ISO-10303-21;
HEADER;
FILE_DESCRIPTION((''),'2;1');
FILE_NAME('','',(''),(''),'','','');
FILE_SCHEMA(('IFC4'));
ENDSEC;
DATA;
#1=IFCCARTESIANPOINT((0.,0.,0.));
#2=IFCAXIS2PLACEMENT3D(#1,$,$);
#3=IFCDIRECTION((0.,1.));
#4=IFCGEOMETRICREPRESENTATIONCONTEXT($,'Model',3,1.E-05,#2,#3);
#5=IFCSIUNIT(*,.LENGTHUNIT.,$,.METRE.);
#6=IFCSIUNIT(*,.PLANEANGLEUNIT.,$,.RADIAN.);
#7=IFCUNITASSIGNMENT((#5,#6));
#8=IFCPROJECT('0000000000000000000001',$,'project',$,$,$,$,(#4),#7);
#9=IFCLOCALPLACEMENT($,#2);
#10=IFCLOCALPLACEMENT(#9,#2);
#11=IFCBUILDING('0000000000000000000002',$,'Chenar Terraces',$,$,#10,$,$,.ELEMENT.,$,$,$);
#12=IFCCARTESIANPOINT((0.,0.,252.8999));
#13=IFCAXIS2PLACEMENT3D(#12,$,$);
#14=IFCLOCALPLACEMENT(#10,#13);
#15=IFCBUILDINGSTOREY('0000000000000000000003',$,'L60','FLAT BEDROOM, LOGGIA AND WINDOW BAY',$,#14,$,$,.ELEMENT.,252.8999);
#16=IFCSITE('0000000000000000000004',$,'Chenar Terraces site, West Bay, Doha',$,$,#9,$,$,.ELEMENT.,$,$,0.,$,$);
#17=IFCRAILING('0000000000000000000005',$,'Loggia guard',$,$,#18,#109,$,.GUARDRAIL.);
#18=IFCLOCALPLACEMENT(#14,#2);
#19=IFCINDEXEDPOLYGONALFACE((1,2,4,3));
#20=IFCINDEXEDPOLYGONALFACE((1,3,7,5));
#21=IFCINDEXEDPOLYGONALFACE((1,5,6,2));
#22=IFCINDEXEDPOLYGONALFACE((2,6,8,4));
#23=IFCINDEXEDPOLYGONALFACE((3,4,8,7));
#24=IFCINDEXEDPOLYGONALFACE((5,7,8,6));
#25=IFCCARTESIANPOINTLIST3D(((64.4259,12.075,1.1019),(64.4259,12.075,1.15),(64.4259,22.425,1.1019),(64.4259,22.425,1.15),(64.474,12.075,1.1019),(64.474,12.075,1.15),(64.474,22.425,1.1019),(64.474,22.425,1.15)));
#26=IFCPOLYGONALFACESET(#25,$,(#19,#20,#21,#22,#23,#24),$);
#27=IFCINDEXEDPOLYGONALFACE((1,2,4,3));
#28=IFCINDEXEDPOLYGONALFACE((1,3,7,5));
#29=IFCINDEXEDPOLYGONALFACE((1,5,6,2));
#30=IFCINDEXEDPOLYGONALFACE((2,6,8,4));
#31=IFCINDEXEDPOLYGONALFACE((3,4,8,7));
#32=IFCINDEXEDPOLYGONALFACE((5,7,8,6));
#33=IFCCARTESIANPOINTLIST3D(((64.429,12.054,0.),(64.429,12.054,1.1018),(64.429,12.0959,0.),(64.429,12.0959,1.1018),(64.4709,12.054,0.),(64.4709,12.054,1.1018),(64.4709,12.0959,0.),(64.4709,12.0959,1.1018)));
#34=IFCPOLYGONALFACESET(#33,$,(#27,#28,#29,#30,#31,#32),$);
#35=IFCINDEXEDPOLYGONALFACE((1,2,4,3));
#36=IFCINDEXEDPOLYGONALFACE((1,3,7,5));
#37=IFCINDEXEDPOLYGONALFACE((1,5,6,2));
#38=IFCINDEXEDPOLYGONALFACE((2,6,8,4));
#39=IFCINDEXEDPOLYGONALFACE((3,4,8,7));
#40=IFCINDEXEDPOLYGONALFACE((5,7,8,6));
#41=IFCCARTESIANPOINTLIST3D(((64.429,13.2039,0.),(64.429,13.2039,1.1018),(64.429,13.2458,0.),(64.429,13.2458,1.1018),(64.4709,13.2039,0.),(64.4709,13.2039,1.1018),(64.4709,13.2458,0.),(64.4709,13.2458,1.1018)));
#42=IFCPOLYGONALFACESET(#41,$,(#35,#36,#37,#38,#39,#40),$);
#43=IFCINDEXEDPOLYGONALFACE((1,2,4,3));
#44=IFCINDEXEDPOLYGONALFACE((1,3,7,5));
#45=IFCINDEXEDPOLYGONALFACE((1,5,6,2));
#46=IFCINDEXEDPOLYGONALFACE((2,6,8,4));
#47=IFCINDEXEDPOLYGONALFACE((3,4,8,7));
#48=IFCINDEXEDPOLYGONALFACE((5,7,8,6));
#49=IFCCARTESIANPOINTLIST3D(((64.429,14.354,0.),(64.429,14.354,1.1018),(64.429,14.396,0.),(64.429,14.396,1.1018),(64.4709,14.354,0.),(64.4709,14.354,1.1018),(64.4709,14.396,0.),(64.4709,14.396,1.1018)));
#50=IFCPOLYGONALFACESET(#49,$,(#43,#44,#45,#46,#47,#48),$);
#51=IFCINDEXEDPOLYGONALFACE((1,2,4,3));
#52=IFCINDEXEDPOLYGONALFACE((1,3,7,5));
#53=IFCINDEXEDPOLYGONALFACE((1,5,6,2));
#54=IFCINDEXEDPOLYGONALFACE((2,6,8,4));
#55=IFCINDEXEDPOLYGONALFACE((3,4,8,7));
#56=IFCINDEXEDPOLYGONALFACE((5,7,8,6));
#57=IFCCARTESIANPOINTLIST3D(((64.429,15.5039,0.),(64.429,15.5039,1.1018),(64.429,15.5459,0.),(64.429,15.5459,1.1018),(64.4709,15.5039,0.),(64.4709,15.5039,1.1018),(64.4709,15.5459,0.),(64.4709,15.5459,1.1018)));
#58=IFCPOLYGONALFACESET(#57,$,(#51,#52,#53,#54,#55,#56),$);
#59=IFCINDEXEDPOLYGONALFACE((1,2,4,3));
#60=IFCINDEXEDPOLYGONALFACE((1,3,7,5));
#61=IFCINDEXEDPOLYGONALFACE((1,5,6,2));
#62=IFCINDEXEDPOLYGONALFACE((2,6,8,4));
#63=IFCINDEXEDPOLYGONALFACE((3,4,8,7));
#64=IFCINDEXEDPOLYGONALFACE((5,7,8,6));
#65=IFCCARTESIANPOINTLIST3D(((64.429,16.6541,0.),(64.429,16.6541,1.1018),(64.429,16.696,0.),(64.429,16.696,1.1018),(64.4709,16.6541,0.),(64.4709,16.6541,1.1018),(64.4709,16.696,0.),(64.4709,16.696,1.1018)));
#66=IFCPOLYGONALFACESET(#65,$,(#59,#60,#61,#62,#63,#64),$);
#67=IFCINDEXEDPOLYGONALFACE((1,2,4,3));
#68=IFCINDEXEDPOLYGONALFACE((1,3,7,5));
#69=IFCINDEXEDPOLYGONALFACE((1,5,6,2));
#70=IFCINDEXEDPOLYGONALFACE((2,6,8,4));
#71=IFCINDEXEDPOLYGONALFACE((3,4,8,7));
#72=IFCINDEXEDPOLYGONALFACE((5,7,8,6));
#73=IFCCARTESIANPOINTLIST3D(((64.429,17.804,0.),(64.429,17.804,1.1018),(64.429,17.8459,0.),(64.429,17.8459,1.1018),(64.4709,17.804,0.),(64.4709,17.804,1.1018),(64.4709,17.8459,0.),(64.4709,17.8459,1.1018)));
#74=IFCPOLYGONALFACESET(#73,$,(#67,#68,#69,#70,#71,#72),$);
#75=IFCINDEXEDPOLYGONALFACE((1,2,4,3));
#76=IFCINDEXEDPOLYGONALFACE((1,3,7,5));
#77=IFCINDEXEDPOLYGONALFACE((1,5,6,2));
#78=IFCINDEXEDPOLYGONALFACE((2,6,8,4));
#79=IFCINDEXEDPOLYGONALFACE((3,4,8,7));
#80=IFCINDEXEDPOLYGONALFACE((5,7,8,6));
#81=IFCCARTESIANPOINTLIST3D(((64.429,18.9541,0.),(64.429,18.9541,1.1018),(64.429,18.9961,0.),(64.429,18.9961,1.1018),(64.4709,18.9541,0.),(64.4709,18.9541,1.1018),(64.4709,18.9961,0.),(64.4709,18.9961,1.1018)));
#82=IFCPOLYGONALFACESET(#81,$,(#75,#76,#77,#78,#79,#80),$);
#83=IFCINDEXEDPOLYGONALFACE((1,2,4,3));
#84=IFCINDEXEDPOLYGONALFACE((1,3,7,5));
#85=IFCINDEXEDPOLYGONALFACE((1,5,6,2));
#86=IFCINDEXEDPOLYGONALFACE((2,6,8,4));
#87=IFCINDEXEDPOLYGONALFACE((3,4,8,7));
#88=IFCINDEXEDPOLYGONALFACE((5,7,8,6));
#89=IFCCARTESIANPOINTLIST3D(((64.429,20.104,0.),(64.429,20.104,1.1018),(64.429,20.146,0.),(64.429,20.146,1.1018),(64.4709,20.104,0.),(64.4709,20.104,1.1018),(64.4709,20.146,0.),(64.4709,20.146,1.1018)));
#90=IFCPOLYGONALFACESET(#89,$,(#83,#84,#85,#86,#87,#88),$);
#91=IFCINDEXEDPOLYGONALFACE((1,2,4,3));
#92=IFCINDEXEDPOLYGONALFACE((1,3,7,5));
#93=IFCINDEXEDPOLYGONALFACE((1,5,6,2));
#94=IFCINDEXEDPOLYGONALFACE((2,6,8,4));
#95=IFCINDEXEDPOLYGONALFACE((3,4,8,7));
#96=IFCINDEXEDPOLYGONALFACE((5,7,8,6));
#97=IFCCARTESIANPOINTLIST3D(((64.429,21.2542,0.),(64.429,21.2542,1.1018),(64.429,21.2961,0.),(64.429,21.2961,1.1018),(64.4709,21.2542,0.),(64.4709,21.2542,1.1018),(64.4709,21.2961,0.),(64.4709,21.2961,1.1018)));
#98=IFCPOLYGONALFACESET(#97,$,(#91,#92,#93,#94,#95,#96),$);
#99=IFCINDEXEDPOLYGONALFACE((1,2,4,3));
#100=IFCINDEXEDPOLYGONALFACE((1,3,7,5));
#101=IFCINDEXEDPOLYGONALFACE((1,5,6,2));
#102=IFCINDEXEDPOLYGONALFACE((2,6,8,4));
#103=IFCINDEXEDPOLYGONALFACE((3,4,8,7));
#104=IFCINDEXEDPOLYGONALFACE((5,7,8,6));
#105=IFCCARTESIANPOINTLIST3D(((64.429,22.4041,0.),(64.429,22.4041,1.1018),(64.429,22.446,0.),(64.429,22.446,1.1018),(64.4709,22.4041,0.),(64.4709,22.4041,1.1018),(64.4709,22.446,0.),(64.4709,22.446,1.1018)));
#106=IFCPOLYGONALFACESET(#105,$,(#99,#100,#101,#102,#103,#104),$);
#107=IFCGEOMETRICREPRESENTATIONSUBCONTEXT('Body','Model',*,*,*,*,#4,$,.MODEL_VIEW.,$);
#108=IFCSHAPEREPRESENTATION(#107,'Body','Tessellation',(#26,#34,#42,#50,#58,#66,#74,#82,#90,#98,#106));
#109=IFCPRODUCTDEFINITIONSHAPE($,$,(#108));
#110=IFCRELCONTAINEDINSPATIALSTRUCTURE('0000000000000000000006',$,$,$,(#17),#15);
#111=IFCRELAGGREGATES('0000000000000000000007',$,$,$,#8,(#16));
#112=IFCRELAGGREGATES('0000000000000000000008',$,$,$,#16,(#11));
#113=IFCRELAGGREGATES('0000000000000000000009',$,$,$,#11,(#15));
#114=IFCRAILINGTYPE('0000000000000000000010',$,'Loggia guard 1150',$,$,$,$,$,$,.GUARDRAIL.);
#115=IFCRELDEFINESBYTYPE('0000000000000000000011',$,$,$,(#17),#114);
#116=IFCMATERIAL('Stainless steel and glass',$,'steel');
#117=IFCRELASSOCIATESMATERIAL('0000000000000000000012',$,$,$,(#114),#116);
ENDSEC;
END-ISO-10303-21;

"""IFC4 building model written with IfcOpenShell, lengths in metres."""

from ifc_helpers import new_model, si_unit, direction, frame, origin, origin_2d, place, context, subcontext, project, spatial, rectangle, extrude, material, type_object, element, save


model = new_model("IFC4")

# Units and contexts
model_context = context("Model", 3, precision=1e-05, world=origin(), true_north=direction((0.0, 1.0)))
body_context = subcontext(model_context, "Body", "Model", "MODEL_VIEW")
ifc_project = project(units=[si_unit("LENGTHUNIT", "METRE"), si_unit("PLANEANGLEUNIT", "RADIAN")], contexts=[model_context])

# Site, building, storey
site_placement = place(None, origin())
site = spatial("IfcSite", under=ifc_project, at=site_placement, Name="Chenar Terraces site, West Bay, Doha", CompositionType="ELEMENT", RefElevation=0.0)
building_placement = place(site_placement, origin())
building = spatial("IfcBuilding", under=site, at=building_placement, Name="Chenar Terraces", CompositionType="ELEMENT")
storey_placement = place(building_placement, frame((0.0, 0.0, 252.8999)))
storey = spatial("IfcBuildingStorey", under=building, at=storey_placement, Name="L60", Description="FLAT BEDROOM, LOGGIA AND WINDOW BAY", CompositionType="ELEMENT", Elevation=252.8999)

# Railing
ifc_material_1 = material(Name="Stainless steel and glass", Category="steel")
railing_type = type_object("IfcRailingType", Name="Loggia guard 1150", PredefinedType="GUARDRAIL", material=ifc_material_1)
railing_placement = place(storey_placement, frame((64.45, 12.075, 0.0)))
element("IfcRailing", 1, at=railing_placement, inside=storey, type_object=railing_type, Name="Loggia guard", PredefinedType="GUARDRAIL", context=body_context, shape_type="SweptSolid", body=[
    extrude(rectangle(XDim=0.0481, YDim=0.0481, at=origin_2d()), frame((0.0, 0.0, 1.126), z_axis=(0.0, 1.0, 0.0), x_axis=(-1.0, 0.0, 0.0)), (0.0, 0.0, 1.0), 10.3501),
    extrude(rectangle(XDim=0.042, YDim=0.042, at=origin_2d()), origin(), (0.0, 0.0, 1.0), 1.1018),
    extrude(rectangle(XDim=0.042, YDim=0.042, at=origin_2d()), frame((0.0, 1.1499, 0.0)), (0.0, 0.0, 1.0), 1.1018),
    extrude(rectangle(XDim=0.042, YDim=0.042, at=origin_2d()), frame((0.0, 2.3, 0.0)), (0.0, 0.0, 1.0), 1.1018),
    extrude(rectangle(XDim=0.042, YDim=0.042, at=origin_2d()), frame((0.0, 3.45, 0.0)), (0.0, 0.0, 1.0), 1.1018),
    extrude(rectangle(XDim=0.042, YDim=0.042, at=origin_2d()), frame((0.0, 4.6001, 0.0)), (0.0, 0.0, 1.0), 1.1018),
    extrude(rectangle(XDim=0.042, YDim=0.042, at=origin_2d()), frame((0.0, 5.75, 0.0)), (0.0, 0.0, 1.0), 1.1018),
    extrude(rectangle(XDim=0.042, YDim=0.042, at=origin_2d()), frame((0.0, 6.9001, 0.0)), (0.0, 0.0, 1.0), 1.1018),
    extrude(rectangle(XDim=0.042, YDim=0.042, at=origin_2d()), frame((0.0, 8.05, 0.0)), (0.0, 0.0, 1.0), 1.1018),
    extrude(rectangle(XDim=0.042, YDim=0.042, at=origin_2d()), frame((0.0, 9.2002, 0.0)), (0.0, 0.0, 1.0), 1.1018),
    extrude(rectangle(XDim=0.042, YDim=0.042, at=origin_2d()), frame((0.0, 10.3501, 0.0)), (0.0, 0.0, 1.0), 1.1018),
])

save(model, "model.ifc")
